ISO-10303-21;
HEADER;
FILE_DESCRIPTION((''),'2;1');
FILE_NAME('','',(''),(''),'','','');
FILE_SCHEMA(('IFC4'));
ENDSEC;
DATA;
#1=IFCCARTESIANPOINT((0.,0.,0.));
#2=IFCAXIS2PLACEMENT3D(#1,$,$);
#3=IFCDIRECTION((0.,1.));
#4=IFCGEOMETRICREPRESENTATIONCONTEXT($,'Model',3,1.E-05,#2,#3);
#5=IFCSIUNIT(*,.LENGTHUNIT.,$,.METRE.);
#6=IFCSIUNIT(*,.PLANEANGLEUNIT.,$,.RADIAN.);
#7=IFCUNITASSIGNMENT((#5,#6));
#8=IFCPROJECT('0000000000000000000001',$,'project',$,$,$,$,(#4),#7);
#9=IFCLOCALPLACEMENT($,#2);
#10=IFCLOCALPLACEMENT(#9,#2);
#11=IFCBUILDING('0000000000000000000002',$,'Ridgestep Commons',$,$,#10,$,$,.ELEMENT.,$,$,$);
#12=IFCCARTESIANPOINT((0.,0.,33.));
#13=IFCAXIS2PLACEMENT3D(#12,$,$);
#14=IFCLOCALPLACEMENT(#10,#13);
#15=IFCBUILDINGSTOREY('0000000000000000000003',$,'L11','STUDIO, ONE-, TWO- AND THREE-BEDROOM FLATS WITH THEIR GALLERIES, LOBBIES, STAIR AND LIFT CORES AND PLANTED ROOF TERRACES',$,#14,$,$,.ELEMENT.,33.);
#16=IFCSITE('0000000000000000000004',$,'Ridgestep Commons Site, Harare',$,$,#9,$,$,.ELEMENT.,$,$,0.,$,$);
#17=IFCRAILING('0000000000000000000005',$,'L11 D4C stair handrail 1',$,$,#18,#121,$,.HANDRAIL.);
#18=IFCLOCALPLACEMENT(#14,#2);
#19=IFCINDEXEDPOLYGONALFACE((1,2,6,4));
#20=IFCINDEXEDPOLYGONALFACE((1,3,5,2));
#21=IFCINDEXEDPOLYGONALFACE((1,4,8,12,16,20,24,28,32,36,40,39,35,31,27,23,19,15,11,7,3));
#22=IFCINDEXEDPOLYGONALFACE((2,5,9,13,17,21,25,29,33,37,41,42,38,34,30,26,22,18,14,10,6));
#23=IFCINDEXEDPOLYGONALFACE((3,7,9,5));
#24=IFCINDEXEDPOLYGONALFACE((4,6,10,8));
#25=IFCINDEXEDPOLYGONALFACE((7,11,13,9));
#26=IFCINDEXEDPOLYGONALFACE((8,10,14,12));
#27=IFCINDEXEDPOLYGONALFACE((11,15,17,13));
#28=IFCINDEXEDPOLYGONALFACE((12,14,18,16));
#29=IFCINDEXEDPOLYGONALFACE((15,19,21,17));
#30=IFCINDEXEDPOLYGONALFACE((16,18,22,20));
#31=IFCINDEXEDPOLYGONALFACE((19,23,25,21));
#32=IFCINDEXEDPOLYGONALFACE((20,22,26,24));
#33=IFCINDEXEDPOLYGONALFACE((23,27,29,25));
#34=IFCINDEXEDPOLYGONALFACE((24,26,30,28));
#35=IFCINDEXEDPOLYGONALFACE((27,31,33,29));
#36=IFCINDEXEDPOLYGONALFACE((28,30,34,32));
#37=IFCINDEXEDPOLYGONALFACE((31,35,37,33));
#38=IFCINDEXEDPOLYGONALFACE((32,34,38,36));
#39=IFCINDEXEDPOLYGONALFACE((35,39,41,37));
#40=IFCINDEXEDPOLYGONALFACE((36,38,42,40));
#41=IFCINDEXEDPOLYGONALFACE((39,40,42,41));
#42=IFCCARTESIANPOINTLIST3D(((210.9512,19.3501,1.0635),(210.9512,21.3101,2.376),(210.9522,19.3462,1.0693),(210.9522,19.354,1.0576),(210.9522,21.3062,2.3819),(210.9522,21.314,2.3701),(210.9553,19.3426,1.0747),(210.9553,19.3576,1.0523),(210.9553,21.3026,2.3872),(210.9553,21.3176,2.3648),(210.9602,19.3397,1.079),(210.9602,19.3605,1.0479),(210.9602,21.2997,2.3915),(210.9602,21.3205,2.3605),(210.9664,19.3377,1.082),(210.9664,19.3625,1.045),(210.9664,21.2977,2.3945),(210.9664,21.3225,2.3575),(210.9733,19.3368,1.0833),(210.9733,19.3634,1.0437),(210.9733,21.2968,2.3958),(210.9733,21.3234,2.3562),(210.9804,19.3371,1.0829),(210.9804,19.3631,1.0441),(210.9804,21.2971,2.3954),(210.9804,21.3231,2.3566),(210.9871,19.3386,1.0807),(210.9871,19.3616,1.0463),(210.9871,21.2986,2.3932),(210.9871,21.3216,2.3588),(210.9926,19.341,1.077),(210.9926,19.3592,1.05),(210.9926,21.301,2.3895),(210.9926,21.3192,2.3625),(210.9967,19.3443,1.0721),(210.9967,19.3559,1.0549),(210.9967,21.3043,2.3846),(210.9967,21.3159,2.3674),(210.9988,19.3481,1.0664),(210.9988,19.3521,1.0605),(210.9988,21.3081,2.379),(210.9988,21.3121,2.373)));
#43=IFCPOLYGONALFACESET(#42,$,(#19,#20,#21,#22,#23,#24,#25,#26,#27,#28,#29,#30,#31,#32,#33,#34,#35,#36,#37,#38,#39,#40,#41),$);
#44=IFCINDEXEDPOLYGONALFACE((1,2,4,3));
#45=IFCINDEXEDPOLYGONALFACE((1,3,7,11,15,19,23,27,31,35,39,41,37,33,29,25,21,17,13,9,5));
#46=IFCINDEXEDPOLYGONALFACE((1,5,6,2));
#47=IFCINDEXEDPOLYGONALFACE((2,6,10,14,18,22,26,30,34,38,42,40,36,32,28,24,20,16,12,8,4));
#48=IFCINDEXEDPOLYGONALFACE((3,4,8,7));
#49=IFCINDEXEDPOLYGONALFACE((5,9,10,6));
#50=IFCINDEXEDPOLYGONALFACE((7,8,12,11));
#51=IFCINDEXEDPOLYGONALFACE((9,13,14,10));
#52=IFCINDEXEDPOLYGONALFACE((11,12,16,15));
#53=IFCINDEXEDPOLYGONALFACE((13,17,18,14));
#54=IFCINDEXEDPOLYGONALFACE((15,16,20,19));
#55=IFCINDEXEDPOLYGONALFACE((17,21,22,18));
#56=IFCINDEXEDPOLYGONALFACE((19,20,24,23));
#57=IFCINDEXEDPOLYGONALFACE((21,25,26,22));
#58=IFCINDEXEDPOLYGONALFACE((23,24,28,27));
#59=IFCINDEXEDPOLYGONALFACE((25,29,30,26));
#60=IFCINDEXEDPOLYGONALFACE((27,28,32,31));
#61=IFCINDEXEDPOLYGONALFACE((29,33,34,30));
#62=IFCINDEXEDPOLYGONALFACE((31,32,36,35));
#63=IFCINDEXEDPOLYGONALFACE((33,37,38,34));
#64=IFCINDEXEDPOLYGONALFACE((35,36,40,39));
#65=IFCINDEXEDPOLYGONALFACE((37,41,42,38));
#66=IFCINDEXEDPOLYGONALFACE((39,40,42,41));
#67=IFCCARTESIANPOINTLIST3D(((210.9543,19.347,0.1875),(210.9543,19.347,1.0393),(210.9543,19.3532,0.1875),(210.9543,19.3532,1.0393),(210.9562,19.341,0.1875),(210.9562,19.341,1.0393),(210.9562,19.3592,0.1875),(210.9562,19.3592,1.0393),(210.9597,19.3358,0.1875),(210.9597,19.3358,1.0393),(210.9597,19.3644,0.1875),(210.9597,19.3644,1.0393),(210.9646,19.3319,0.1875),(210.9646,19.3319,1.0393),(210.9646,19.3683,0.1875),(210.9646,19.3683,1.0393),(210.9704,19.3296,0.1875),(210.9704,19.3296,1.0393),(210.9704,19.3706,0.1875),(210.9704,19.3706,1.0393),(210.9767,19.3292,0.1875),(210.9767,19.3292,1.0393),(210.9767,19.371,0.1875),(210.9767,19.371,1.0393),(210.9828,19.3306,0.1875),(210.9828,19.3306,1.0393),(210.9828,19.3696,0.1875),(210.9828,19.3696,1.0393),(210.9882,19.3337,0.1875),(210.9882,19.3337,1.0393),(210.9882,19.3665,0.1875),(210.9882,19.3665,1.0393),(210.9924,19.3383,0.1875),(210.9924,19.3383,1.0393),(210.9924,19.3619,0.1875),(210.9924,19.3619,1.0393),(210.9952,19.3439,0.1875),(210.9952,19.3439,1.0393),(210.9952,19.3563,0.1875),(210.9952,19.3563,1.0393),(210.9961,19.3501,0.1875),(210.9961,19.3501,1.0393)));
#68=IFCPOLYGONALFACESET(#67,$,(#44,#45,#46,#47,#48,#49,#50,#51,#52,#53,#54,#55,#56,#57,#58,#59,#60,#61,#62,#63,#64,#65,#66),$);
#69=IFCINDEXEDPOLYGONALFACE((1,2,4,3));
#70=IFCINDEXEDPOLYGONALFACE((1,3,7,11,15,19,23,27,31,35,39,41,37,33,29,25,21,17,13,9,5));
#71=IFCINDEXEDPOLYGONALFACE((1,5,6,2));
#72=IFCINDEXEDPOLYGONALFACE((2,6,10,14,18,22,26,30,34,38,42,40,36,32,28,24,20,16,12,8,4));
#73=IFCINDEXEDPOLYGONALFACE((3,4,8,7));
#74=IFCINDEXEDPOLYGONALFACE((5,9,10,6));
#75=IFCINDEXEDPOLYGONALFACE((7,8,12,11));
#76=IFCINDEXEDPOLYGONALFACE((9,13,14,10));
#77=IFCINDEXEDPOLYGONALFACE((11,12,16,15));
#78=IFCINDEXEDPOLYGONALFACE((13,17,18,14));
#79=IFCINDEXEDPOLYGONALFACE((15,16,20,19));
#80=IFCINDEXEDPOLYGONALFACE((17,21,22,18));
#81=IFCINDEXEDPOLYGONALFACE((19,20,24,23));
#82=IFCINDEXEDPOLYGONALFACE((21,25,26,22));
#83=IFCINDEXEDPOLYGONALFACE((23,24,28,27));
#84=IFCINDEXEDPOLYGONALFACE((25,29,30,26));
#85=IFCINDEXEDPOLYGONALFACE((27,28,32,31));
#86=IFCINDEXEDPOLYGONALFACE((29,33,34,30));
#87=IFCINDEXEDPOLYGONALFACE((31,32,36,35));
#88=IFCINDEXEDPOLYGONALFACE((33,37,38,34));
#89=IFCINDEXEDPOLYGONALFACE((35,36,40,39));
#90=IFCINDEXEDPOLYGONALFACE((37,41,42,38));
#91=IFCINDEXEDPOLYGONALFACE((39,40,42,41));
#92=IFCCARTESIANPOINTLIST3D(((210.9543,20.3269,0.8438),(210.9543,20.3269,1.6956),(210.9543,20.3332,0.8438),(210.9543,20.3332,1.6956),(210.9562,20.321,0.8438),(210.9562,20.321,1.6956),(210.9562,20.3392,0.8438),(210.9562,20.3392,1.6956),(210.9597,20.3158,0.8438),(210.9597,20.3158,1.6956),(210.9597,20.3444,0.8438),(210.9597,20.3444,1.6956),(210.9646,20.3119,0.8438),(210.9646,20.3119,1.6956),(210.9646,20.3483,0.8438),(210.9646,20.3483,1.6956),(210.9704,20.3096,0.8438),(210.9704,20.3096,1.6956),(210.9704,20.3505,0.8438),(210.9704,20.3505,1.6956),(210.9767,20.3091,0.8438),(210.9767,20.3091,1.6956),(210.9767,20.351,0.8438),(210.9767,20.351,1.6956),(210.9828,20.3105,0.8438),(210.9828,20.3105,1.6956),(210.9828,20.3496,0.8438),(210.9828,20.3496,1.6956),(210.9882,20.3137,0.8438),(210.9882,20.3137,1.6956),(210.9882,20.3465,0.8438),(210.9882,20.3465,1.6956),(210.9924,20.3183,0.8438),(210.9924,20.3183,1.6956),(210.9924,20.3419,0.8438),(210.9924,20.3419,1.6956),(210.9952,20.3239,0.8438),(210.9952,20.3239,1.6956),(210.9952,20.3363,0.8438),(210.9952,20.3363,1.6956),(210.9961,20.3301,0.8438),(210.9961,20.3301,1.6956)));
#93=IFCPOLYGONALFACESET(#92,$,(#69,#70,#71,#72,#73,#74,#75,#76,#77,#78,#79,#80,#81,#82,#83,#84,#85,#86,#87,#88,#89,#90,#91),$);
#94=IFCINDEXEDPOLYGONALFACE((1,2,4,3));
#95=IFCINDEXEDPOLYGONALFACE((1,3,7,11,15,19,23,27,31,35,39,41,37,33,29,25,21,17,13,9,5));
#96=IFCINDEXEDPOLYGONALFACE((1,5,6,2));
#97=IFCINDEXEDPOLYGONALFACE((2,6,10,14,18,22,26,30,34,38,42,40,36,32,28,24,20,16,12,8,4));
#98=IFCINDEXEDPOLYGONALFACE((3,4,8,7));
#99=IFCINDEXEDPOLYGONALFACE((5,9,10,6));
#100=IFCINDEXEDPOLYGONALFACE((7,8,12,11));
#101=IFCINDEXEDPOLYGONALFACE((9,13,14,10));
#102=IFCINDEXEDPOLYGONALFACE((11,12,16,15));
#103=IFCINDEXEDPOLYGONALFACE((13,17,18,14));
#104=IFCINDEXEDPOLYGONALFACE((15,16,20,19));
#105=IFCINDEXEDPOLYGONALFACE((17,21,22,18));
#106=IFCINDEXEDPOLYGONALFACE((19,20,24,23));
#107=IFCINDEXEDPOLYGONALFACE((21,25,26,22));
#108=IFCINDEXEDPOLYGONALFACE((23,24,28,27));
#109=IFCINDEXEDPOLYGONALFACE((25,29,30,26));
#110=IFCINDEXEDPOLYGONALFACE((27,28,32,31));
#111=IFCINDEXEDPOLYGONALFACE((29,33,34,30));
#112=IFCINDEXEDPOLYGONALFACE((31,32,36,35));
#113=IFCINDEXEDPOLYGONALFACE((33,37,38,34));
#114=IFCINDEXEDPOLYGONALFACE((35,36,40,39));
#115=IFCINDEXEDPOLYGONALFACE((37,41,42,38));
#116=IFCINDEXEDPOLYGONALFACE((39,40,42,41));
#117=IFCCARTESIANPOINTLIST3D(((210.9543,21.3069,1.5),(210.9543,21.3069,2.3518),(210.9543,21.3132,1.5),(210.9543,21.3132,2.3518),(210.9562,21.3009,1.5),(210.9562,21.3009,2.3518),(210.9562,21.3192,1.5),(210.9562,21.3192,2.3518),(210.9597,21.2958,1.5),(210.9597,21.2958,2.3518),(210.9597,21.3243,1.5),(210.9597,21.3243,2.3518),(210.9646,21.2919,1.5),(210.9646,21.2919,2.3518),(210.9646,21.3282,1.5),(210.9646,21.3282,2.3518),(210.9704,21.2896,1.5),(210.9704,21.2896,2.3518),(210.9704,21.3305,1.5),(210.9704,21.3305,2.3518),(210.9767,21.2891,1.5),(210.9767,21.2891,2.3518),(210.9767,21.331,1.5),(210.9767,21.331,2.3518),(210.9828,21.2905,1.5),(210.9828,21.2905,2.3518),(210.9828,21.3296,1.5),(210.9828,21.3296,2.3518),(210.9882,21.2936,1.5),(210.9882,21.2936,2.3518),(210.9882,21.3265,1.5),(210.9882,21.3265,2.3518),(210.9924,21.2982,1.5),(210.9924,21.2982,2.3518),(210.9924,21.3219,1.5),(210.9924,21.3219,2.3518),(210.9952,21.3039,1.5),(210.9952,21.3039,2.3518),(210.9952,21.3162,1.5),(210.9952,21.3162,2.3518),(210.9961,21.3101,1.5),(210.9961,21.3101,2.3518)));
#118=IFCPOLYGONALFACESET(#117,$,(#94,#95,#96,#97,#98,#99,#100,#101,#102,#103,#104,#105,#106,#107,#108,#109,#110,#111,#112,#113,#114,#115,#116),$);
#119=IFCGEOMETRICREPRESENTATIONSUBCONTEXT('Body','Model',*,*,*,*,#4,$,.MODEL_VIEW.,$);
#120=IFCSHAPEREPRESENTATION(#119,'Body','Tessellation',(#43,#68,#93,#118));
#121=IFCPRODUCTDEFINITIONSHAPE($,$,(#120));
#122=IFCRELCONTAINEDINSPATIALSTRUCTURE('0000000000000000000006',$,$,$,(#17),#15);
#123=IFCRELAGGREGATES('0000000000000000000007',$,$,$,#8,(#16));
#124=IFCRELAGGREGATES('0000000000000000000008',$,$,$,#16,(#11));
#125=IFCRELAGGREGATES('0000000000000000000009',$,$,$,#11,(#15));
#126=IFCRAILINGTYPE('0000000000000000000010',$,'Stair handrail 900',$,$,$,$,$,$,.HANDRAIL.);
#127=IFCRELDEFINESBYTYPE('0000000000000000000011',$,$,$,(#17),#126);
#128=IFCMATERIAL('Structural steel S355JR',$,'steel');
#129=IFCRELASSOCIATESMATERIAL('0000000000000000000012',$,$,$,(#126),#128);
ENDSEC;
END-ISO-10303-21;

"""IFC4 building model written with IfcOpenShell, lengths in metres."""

from ifc_helpers import new_model, si_unit, direction, frame, origin, origin_2d, place, context, subcontext, project, spatial, circle, extrude, material, type_object, element, save


model = new_model("IFC4")

# Units and contexts
model_context = context("Model", 3, precision=1e-05, world=origin(), true_north=direction((0.0, 1.0)))
body_context = subcontext(model_context, "Body", "Model", "MODEL_VIEW")
ifc_project = project(units=[si_unit("LENGTHUNIT", "METRE"), si_unit("PLANEANGLEUNIT", "RADIAN")], contexts=[model_context])

# Site, building, storey
site_placement = place(None, origin())
site = spatial("IfcSite", under=ifc_project, at=site_placement, Name="Ridgestep Commons Site, Harare", CompositionType="ELEMENT", RefElevation=0.0)
building_placement = place(site_placement, origin())
building = spatial("IfcBuilding", under=site, at=building_placement, Name="Ridgestep Commons", CompositionType="ELEMENT")
storey_placement = place(building_placement, frame((0.0, 0.0, 33.0)))
storey = spatial("IfcBuildingStorey", under=building, at=storey_placement, Name="L11", Description="STUDIO, ONE-, TWO- AND THREE-BEDROOM FLATS WITH THEIR GALLERIES, LOBBIES, STAIR AND LIFT CORES AND PLANTED ROOF TERRACES", CompositionType="ELEMENT", Elevation=33.0)

# Railing
ifc_material_1 = material(Name="Structural steel S355JR", Category="steel")
railing_type_1 = type_object("IfcRailingType", Name="Stair handrail 900", PredefinedType="HANDRAIL", material=ifc_material_1)
railing_1_placement = place(storey_placement, frame((210.9751, 19.3501, 0.1875)))
element("IfcRailing", 1, at=railing_1_placement, inside=storey, type_object=railing_type_1, Name="L11 D4C stair handrail 1", PredefinedType="HANDRAIL", context=body_context, shape_type="SweptSolid", body=[
    extrude(circle(Radius=0.0239, at=origin_2d()), frame((0.0, 0.0, 0.876), z_axis=(0.0, 0.830902, 0.556419), x_axis=(-1.0, 0.0, 0.0)), (0.0, 0.0, 1.0), 2.3589),
    extrude(circle(Radius=0.021, at=origin_2d()), origin(), (0.0, 0.0, 1.0), 0.8518),
    extrude(circle(Radius=0.021, at=origin_2d()), frame((0.0, 0.98, 0.6562)), (0.0, 0.0, 1.0), 0.8518),
    extrude(circle(Radius=0.021, at=origin_2d()), frame((0.0, 1.96, 1.3125)), (0.0, 0.0, 1.0), 0.8518),
])

save(model, "model.ifc")
